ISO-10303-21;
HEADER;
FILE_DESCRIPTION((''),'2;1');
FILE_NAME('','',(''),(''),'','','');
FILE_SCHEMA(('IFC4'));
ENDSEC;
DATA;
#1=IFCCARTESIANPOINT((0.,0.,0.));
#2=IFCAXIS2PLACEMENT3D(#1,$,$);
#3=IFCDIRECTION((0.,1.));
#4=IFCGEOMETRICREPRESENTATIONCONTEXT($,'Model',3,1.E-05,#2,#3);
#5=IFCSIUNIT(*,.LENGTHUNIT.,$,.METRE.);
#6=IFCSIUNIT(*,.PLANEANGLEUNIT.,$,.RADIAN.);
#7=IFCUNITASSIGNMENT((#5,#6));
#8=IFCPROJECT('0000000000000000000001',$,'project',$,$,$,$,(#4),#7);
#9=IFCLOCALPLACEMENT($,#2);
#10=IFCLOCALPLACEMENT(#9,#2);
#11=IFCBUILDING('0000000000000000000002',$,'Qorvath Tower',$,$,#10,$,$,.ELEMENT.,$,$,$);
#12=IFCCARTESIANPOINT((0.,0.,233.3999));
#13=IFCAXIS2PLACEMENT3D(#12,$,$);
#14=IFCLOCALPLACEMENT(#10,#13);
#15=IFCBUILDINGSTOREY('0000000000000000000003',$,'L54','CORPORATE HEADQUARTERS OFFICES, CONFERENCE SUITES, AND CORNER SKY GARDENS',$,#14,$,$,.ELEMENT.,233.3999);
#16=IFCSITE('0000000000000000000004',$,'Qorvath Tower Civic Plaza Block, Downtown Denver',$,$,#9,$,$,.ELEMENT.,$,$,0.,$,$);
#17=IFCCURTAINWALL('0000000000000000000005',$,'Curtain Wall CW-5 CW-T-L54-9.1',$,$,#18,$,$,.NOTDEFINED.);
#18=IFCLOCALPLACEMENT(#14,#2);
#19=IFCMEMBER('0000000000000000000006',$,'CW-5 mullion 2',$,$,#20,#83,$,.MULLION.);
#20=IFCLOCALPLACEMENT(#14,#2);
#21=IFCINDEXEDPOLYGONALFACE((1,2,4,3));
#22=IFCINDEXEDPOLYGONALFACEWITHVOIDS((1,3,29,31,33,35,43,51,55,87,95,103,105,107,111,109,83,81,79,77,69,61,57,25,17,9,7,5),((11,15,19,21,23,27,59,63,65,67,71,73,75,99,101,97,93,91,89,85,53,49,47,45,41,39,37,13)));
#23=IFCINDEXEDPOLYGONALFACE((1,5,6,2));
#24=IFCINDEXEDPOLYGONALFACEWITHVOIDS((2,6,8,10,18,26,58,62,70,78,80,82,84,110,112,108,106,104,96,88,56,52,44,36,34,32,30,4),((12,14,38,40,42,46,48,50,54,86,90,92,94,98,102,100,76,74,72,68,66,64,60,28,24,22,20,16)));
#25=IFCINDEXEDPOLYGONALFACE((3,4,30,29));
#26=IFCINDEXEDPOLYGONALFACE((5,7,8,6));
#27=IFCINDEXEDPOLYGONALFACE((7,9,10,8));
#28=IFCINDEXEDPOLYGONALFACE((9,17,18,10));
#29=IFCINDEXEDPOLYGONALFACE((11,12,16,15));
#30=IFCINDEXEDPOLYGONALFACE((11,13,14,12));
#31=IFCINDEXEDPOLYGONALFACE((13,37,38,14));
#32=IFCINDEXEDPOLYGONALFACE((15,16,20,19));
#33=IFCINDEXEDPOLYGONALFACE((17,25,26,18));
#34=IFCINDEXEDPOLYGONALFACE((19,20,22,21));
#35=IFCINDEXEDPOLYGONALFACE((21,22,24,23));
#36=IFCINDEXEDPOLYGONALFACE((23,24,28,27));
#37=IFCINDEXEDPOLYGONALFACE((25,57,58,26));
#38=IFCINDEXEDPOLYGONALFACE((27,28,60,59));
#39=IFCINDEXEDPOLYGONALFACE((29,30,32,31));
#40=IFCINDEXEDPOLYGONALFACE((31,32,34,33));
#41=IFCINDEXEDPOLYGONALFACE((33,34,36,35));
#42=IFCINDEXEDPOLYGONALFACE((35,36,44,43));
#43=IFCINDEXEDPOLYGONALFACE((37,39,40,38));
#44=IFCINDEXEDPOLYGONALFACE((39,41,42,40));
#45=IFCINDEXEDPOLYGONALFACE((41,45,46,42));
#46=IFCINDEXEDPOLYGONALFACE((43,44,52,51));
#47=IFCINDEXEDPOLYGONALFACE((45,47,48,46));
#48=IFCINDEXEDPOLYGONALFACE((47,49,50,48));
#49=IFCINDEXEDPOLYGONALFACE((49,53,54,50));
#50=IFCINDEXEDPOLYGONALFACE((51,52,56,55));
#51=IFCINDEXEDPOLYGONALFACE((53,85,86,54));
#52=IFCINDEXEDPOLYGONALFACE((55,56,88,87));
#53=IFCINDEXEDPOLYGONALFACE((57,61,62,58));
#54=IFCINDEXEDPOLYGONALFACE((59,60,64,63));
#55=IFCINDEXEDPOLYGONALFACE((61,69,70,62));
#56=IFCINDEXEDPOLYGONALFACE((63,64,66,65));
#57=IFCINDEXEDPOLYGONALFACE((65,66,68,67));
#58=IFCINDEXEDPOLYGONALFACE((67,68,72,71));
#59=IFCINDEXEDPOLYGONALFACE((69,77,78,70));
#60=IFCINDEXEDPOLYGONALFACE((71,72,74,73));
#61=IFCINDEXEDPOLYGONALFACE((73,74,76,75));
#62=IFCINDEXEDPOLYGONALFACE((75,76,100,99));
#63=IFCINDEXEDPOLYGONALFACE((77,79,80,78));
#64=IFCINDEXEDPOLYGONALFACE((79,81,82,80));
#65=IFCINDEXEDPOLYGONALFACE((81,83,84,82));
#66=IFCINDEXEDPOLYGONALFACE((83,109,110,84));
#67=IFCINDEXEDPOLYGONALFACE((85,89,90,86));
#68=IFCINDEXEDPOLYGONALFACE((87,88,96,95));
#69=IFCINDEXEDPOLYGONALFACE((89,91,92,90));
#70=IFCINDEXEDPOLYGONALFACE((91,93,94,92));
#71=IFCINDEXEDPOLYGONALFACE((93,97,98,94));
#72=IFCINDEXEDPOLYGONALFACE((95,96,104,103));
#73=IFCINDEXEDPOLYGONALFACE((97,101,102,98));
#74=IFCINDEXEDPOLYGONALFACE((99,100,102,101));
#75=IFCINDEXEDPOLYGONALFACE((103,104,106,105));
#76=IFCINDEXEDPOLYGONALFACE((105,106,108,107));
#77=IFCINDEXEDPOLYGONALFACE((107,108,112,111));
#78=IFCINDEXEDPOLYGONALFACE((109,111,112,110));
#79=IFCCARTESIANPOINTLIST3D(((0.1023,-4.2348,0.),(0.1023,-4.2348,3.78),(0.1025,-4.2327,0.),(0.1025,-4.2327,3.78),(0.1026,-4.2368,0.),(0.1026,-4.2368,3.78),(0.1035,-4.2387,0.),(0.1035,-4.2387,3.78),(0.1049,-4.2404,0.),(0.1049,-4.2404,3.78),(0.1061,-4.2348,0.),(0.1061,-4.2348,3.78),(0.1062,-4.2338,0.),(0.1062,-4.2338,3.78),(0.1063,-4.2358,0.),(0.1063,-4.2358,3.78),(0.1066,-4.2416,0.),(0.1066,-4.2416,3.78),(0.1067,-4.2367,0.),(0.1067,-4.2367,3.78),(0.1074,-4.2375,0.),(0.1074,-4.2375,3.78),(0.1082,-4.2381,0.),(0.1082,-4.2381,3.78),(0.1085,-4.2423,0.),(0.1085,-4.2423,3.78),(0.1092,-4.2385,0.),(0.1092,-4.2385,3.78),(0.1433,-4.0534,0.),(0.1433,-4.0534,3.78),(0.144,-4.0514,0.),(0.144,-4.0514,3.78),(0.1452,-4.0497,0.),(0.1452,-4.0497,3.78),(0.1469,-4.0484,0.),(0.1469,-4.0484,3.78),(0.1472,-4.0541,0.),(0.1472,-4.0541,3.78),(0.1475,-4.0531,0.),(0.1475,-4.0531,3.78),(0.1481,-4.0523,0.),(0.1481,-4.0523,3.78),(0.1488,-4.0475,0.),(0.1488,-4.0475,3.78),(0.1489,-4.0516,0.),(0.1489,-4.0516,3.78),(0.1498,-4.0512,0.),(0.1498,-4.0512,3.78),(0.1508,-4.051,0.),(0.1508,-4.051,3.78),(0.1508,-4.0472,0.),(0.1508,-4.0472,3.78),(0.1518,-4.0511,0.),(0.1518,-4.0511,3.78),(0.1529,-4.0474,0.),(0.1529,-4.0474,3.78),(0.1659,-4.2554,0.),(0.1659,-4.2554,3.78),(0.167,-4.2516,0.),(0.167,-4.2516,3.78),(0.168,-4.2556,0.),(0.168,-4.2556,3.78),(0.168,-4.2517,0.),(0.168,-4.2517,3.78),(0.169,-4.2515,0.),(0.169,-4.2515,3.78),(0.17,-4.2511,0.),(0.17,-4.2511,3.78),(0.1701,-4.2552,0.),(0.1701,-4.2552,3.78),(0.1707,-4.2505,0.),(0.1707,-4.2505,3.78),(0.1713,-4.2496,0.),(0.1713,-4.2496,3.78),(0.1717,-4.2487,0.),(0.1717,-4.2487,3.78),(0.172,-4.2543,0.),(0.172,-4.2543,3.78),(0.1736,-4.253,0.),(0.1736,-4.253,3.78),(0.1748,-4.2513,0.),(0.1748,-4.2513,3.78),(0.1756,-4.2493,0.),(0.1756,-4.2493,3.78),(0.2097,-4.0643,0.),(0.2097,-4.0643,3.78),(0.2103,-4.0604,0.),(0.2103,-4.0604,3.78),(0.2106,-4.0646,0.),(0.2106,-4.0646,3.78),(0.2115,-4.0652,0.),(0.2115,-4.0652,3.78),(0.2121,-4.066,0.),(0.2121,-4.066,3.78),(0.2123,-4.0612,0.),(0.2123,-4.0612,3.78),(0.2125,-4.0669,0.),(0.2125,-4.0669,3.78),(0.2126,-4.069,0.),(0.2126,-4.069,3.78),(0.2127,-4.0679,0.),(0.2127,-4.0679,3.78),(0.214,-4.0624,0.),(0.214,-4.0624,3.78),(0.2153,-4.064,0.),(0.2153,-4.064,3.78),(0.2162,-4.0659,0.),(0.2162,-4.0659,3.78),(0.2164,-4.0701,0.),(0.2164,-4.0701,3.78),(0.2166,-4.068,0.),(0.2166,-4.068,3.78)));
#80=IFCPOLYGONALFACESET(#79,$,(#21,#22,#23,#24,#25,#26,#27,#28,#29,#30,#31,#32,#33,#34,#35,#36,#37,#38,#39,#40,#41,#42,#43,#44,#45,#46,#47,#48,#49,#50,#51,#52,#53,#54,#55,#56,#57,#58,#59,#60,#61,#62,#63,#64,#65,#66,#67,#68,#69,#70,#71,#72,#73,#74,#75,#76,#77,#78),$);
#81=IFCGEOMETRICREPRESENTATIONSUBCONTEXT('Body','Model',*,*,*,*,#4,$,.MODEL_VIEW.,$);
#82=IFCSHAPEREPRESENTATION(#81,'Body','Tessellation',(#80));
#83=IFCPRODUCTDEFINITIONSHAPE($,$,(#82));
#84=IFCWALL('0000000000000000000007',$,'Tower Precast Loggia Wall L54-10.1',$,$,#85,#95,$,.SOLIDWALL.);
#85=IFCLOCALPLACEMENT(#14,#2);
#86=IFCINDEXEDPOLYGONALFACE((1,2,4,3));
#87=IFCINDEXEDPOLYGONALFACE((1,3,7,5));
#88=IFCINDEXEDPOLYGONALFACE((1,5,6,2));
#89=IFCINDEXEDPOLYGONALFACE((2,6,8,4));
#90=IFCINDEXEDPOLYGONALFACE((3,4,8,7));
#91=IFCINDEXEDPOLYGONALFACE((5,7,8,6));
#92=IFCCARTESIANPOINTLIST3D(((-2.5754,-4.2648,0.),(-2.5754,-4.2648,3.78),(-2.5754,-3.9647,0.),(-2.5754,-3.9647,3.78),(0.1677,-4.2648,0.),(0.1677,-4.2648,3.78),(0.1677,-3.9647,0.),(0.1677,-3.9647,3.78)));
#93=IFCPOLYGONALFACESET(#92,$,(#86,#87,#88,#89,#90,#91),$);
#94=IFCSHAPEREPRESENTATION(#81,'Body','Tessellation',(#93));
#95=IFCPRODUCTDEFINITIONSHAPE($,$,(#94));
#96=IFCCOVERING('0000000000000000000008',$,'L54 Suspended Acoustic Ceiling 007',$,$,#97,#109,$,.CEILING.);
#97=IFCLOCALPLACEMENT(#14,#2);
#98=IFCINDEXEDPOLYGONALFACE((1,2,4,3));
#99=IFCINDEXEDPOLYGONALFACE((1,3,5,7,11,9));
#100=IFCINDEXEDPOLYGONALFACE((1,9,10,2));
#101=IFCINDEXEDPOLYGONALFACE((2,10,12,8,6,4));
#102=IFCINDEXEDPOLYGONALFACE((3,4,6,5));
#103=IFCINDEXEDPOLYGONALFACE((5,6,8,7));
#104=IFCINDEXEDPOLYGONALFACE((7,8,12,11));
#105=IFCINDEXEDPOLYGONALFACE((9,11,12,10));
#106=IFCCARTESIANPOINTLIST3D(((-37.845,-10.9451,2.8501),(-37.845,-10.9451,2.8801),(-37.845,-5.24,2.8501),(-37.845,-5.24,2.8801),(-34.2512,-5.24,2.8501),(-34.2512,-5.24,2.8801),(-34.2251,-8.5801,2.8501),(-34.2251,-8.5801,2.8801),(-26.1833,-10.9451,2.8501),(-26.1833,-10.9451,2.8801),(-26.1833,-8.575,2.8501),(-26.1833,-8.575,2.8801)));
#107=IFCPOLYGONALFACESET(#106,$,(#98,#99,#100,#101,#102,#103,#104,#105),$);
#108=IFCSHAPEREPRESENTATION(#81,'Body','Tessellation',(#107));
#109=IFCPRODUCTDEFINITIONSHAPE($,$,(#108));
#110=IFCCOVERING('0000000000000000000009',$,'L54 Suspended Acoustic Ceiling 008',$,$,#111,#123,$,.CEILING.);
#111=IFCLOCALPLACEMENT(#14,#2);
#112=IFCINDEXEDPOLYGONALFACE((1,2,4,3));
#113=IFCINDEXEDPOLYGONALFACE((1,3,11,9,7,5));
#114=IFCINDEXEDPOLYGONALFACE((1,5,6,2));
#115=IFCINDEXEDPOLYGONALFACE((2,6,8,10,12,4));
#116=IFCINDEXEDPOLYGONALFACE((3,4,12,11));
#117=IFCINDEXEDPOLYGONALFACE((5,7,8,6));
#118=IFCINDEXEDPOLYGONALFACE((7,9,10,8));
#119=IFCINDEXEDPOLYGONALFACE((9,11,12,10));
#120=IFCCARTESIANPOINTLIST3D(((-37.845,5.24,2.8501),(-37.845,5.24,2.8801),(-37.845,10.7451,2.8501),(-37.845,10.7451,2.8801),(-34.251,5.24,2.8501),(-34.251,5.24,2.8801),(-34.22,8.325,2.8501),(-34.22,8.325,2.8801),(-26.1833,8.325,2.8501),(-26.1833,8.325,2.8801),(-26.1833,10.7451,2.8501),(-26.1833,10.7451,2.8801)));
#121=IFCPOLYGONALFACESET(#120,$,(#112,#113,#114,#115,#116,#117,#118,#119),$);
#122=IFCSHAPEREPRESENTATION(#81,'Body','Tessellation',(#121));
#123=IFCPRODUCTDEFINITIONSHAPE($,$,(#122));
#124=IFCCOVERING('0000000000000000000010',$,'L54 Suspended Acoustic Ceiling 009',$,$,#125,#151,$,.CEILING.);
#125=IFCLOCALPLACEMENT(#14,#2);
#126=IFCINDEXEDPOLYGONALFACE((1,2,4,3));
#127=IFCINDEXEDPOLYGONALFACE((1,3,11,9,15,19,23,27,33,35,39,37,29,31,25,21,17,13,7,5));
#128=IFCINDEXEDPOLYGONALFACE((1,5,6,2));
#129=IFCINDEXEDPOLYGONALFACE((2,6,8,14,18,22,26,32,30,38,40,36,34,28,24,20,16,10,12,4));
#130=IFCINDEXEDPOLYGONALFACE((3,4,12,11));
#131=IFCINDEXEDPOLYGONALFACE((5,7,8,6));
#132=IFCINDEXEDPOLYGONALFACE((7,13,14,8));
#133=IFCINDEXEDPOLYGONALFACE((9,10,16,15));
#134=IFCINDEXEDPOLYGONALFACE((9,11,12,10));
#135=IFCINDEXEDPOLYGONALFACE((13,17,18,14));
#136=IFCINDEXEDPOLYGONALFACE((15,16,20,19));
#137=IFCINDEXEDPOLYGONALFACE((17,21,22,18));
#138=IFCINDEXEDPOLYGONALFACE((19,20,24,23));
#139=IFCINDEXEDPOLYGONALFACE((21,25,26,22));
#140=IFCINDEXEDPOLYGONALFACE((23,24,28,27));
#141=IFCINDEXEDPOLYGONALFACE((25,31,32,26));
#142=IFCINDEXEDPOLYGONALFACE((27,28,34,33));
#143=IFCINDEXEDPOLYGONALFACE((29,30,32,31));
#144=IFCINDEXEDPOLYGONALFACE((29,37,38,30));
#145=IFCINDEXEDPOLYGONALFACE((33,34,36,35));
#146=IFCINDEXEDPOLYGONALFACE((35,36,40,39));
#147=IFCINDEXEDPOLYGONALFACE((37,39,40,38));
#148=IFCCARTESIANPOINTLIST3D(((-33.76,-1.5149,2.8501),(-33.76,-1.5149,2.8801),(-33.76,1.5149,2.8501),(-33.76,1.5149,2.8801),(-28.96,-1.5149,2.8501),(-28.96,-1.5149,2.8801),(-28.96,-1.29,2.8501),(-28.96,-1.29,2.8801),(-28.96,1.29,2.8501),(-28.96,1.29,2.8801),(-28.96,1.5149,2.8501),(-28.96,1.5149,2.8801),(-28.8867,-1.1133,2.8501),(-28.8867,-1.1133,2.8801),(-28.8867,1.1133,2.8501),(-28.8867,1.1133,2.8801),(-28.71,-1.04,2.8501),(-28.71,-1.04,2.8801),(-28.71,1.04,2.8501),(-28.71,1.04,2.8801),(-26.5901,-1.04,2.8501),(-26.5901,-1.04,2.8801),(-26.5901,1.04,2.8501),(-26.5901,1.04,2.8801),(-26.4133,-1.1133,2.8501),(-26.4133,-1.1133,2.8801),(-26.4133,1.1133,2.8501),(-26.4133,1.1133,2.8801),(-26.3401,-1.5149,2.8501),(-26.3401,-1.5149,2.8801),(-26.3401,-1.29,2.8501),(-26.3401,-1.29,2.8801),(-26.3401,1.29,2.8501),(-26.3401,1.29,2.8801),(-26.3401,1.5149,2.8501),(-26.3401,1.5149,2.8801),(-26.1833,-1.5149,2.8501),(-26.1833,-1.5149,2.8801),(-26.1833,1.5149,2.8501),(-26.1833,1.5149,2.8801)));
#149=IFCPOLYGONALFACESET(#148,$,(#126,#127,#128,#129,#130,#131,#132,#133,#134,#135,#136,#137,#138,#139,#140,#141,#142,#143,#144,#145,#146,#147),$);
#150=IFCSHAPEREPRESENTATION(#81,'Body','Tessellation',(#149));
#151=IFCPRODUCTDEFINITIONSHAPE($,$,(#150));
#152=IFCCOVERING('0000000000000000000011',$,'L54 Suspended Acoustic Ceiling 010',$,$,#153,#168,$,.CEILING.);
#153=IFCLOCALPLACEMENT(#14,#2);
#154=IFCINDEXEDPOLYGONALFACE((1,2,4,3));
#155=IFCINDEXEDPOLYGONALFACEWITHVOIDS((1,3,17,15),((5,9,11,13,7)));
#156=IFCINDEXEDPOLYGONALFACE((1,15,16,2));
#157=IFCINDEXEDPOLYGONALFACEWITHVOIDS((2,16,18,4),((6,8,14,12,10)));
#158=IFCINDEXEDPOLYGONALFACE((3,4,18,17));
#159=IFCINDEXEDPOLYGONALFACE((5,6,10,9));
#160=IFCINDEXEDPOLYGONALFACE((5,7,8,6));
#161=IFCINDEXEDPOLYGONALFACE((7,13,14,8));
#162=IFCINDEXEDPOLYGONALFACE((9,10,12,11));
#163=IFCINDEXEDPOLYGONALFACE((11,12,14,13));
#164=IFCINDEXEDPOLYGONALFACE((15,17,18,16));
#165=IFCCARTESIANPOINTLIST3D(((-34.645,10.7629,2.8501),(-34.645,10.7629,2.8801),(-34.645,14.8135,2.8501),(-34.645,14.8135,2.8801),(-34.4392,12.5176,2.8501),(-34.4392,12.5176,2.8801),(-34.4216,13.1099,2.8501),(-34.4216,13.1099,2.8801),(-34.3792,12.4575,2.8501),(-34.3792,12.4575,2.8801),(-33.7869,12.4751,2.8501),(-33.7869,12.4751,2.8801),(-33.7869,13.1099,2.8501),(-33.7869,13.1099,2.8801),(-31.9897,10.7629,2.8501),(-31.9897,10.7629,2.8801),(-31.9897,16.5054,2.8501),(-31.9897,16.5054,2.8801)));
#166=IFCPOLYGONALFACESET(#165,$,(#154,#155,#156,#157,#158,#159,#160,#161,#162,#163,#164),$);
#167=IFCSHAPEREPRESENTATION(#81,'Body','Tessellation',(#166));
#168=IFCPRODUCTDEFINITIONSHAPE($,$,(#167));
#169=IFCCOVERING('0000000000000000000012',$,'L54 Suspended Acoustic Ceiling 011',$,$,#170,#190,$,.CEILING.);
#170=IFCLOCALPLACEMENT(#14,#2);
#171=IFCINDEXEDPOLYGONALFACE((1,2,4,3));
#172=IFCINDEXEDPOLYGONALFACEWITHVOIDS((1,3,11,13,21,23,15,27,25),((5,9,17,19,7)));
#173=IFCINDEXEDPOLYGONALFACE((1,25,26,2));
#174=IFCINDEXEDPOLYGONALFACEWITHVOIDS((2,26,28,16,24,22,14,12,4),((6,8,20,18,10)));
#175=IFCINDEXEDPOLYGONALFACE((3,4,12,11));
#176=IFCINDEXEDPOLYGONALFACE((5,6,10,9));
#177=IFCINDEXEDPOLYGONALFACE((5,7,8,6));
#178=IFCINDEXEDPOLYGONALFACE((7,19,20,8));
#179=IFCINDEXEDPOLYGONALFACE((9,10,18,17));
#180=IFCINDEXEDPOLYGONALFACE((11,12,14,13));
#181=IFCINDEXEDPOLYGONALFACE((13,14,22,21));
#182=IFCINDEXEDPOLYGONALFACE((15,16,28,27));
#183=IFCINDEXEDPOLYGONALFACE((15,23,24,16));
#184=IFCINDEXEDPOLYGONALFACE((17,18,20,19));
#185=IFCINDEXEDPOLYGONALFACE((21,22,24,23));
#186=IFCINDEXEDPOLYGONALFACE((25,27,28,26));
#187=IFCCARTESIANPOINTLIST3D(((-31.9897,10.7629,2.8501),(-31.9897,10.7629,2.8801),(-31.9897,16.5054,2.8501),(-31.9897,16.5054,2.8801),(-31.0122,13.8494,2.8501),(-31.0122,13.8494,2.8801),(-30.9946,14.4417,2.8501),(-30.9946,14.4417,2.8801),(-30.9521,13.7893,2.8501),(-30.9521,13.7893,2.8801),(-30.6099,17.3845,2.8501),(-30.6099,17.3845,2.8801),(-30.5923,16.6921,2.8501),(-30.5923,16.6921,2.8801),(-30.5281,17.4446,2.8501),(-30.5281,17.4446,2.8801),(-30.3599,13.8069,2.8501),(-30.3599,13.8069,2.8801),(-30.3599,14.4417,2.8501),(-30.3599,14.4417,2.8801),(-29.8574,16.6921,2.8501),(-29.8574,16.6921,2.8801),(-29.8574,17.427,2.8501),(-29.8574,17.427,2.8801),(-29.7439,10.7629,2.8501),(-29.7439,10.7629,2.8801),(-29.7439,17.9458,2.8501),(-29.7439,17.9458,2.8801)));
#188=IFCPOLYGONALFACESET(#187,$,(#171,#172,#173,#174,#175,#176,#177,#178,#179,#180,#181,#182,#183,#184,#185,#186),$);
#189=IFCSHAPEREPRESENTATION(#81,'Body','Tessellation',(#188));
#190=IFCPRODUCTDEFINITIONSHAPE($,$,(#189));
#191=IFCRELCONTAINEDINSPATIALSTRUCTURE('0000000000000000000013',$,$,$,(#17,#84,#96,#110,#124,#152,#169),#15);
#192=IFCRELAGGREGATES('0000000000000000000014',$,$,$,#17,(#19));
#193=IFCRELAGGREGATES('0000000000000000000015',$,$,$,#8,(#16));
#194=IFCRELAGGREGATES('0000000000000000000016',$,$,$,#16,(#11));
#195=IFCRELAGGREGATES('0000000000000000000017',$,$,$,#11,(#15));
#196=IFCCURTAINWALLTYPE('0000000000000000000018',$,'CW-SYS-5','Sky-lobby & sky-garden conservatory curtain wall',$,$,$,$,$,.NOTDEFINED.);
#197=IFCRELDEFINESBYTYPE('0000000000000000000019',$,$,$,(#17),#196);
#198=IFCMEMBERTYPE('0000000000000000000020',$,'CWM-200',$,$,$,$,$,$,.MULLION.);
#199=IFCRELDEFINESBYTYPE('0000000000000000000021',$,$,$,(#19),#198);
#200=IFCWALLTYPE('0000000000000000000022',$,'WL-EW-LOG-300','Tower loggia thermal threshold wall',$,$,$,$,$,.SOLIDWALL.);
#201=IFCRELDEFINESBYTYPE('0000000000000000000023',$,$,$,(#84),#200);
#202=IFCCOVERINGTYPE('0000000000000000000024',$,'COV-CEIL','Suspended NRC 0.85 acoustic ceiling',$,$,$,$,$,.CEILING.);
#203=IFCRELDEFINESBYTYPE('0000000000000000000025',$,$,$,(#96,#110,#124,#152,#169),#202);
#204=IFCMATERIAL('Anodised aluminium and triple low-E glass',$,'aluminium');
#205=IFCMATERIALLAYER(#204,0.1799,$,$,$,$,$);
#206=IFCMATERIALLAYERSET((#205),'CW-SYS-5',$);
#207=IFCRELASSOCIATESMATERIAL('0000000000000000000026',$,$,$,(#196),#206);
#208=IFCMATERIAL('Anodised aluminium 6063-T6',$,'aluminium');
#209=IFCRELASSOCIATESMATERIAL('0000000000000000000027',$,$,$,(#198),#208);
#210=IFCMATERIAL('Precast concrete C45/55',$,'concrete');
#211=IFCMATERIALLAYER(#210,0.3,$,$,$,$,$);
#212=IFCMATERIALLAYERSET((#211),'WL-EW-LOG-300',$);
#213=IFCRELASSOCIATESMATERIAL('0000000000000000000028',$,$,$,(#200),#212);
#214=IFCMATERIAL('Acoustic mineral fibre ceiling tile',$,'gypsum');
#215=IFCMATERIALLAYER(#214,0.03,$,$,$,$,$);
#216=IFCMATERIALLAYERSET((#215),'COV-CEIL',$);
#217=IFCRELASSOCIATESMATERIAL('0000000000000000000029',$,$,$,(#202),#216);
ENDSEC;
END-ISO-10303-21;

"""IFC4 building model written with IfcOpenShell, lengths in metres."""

from ifc_helpers import new_model, si_unit, direction, frame, frame_2d, origin, origin_2d, place, context, subcontext, project, spatial, polyline, rectangle, hollow_rectangle, outline, extrude, material, layer, layer_set, material_profile, profile_set, type_object, element, aggregate, save


model = new_model("IFC4")

# Units and contexts
model_context = context("Model", 3, precision=1e-05, world=origin(), true_north=direction((0.0, 1.0)))
body_context = subcontext(model_context, "Body", "Model", "MODEL_VIEW")
ifc_project = project(units=[si_unit("LENGTHUNIT", "METRE"), si_unit("PLANEANGLEUNIT", "RADIAN")], contexts=[model_context])

# Site, building, storey
site_placement = place(None, origin())
site = spatial("IfcSite", under=ifc_project, at=site_placement, Name="Qorvath Tower Civic Plaza Block, Downtown Denver", CompositionType="ELEMENT", RefElevation=0.0)
building_placement = place(site_placement, origin())
building = spatial("IfcBuilding", under=site, at=building_placement, Name="Qorvath Tower", CompositionType="ELEMENT")
storey_placement = place(building_placement, frame((0.0, 0.0, 233.3999)))
storey = spatial("IfcBuildingStorey", under=building, at=storey_placement, Name="L54", Description="CORPORATE HEADQUARTERS OFFICES, CONFERENCE SUITES, AND CORNER SKY GARDENS", CompositionType="ELEMENT", Elevation=233.3999)

# Curtain wall, member
ifc_material_1 = material(Name="Anodised aluminium and triple low-E glass", Category="aluminium")
ifc_layer_1 = layer(ifc_material_1, 0.1799)
ifc_layer_set_1 = layer_set([ifc_layer_1], Name="CW-SYS-5")
curtain_wall_type = type_object("IfcCurtainWallType", Name="CW-SYS-5", Description="Sky-lobby & sky-garden conservatory curtain wall", PredefinedType="NOTDEFINED", material=ifc_layer_set_1)
curtain_wall_placement = place(storey_placement, origin())
curtain_wall = element("IfcCurtainWall", 1, at=curtain_wall_placement, inside=storey, type_object=curtain_wall_type, Name="Curtain Wall CW-5 CW-T-L54-9.1", PredefinedType="NOTDEFINED")
ifc_material_2 = material(Name="Anodised aluminium 6063-T6", Category="aluminium")
ifc_material_profile = material_profile(ifc_material_2, hollow_rectangle(XDim=0.075, YDim=0.2, WallThickness=0.0039, InnerFilletRadius=0.0039, OuterFilletRadius=0.0081, at=origin_2d()), Name="CWM 200x75")
ifc_profile_set = profile_set([ifc_material_profile], Name="Anodised aluminium 6063-T6")
member_type = type_object("IfcMemberType", Name="CWM-200", PredefinedType="MULLION", material=ifc_profile_set)
member_placement = place(storey_placement, frame((0.1594, -4.1514, 0.0), z_axis=(0.0, 0.0, 1.0), x_axis=(-0.975037, 0.222042, 0.0)))
member = element("IfcMember", 2, at=member_placement, type_object=member_type, Name="CW-5 mullion 2", PredefinedType="MULLION", context=body_context, shape_type="SweptSolid", body=[
    extrude(hollow_rectangle(XDim=0.075, YDim=0.2, WallThickness=0.0039, InnerFilletRadius=0.0039, OuterFilletRadius=0.0081, at=origin_2d()), origin(), (0.0, 0.0, 1.0), 3.78),
])
aggregate(curtain_wall, [member])

# Wall
ifc_material_3 = material(Name="Precast concrete C45/55", Category="concrete")
ifc_layer_2 = layer(ifc_material_3, 0.3)
ifc_layer_set_2 = layer_set([ifc_layer_2], Name="WL-EW-LOG-300")
wall_type = type_object("IfcWallType", Name="WL-EW-LOG-300", Description="Tower loggia thermal threshold wall", PredefinedType="SOLIDWALL", material=ifc_layer_set_2)
wall_placement = place(storey_placement, frame((0.1677, -4.1147, 0.0), z_axis=(0.0, 0.0, 1.0), x_axis=(-1.0, 0.0, 0.0)))
element("IfcWall", 3, at=wall_placement, inside=storey, type_object=wall_type, Name="Tower Precast Loggia Wall L54-10.1", PredefinedType="SOLIDWALL", context=body_context, shape_type="SweptSolid", body=[
    extrude(rectangle(XDim=2.7432, YDim=0.3, at=frame_2d((1.3716, 0.0))), origin(), (0.0, 0.0, 1.0), 3.78),
])

# Coverings
ifc_material_4 = material(Name="Acoustic mineral fibre ceiling tile", Category="gypsum")
ifc_layer_3 = layer(ifc_material_4, 0.03)
ifc_layer_set_3 = layer_set([ifc_layer_3], Name="COV-CEIL")
covering_type_1 = type_object("IfcCoveringType", Name="COV-CEIL", Description="Suspended NRC 0.85 acoustic ceiling", PredefinedType="CEILING", material=ifc_layer_set_3)
covering_1_placement = place(storey_placement, frame((0.0, 0.0, 2.8501)))
element("IfcCovering", 4, at=covering_1_placement, inside=storey, type_object=covering_type_1, Name="L54 Suspended Acoustic Ceiling 007", PredefinedType="CEILING", context=body_context, shape_type="SweptSolid", body=[
    extrude(outline(polyline([(-34.2251, -8.5801), (-34.2512, -5.24), (-37.845, -5.24), (-37.845, -10.9451), (-26.1833, -10.9451), (-26.1833, -8.575), (-34.2251, -8.5801)])), origin(), (0.0, 0.0, 1.0), 0.03),
])
covering_2_placement = place(storey_placement, frame((0.0, 0.0, 2.8501)))
element("IfcCovering", 5, at=covering_2_placement, inside=storey, type_object=covering_type_1, Name="L54 Suspended Acoustic Ceiling 008", PredefinedType="CEILING", context=body_context, shape_type="SweptSolid", body=[
    extrude(outline(polyline([(-26.1833, 8.325), (-26.1833, 10.7451), (-37.845, 10.7451), (-37.845, 5.24), (-34.251, 5.24), (-34.22, 8.325), (-26.1833, 8.325)])), origin(), (0.0, 0.0, 1.0), 0.03),
])
covering_3_placement = place(storey_placement, frame((0.0, 0.0, 2.8501)))
element("IfcCovering", 6, at=covering_3_placement, inside=storey, type_object=covering_type_1, Name="L54 Suspended Acoustic Ceiling 009", PredefinedType="CEILING", context=body_context, shape_type="SweptSolid", body=[
    extrude(outline(polyline([(-26.1833, -1.5149), (-26.1833, 1.5149), (-26.3401, 1.5149), (-26.3401, 1.29), (-26.4133, 1.1133), (-26.5901, 1.04), (-28.71, 1.04), (-28.8867, 1.1133), (-28.96, 1.29), (-28.96, 1.5149), (-33.76, 1.5149), (-33.76, -1.5149), (-28.96, -1.5149), (-28.96, -1.29), (-28.8867, -1.1133), (-28.71, -1.04), (-26.5901, -1.04), (-26.4133, -1.1133), (-26.3401, -1.29), (-26.3401, -1.5149), (-26.1833, -1.5149)])), origin(), (0.0, 0.0, 1.0), 0.03),
])
covering_4_placement = place(storey_placement, frame((0.0, 0.0, 2.8501)))
element("IfcCovering", 7, at=covering_4_placement, inside=storey, type_object=covering_type_1, Name="L54 Suspended Acoustic Ceiling 010", PredefinedType="CEILING", context=body_context, shape_type="SweptSolid", body=[
    extrude(outline(polyline([(-31.9897, 10.7629), (-31.9897, 16.5054), (-34.645, 14.8135), (-34.645, 10.7629), (-31.9897, 10.7629)]), holes=[polyline([(-34.4392, 12.5176), (-34.4216, 13.1099), (-33.7869, 13.1099), (-33.7869, 12.4751), (-34.3792, 12.4575), (-34.4392, 12.5176)])]), origin(), (0.0, 0.0, 1.0), 0.03),
])
covering_5_placement = place(storey_placement, frame((0.0, 0.0, 2.8501)))
element("IfcCovering", 8, at=covering_5_placement, inside=storey, type_object=covering_type_1, Name="L54 Suspended Acoustic Ceiling 011", PredefinedType="CEILING", context=body_context, shape_type="SweptSolid", body=[
    extrude(outline(polyline([(-30.6099, 17.3845), (-31.9897, 16.5054), (-31.9897, 10.7629), (-29.7439, 10.7629), (-29.7439, 17.9458), (-30.5281, 17.4446), (-29.8574, 17.427), (-29.8574, 16.6921), (-30.5923, 16.6921), (-30.6099, 17.3845)]), holes=[polyline([(-31.0122, 13.8494), (-30.9946, 14.4417), (-30.3599, 14.4417), (-30.3599, 13.8069), (-30.9521, 13.7893), (-31.0122, 13.8494)])]), origin(), (0.0, 0.0, 1.0), 0.03),
])

save(model, "model.ifc")
